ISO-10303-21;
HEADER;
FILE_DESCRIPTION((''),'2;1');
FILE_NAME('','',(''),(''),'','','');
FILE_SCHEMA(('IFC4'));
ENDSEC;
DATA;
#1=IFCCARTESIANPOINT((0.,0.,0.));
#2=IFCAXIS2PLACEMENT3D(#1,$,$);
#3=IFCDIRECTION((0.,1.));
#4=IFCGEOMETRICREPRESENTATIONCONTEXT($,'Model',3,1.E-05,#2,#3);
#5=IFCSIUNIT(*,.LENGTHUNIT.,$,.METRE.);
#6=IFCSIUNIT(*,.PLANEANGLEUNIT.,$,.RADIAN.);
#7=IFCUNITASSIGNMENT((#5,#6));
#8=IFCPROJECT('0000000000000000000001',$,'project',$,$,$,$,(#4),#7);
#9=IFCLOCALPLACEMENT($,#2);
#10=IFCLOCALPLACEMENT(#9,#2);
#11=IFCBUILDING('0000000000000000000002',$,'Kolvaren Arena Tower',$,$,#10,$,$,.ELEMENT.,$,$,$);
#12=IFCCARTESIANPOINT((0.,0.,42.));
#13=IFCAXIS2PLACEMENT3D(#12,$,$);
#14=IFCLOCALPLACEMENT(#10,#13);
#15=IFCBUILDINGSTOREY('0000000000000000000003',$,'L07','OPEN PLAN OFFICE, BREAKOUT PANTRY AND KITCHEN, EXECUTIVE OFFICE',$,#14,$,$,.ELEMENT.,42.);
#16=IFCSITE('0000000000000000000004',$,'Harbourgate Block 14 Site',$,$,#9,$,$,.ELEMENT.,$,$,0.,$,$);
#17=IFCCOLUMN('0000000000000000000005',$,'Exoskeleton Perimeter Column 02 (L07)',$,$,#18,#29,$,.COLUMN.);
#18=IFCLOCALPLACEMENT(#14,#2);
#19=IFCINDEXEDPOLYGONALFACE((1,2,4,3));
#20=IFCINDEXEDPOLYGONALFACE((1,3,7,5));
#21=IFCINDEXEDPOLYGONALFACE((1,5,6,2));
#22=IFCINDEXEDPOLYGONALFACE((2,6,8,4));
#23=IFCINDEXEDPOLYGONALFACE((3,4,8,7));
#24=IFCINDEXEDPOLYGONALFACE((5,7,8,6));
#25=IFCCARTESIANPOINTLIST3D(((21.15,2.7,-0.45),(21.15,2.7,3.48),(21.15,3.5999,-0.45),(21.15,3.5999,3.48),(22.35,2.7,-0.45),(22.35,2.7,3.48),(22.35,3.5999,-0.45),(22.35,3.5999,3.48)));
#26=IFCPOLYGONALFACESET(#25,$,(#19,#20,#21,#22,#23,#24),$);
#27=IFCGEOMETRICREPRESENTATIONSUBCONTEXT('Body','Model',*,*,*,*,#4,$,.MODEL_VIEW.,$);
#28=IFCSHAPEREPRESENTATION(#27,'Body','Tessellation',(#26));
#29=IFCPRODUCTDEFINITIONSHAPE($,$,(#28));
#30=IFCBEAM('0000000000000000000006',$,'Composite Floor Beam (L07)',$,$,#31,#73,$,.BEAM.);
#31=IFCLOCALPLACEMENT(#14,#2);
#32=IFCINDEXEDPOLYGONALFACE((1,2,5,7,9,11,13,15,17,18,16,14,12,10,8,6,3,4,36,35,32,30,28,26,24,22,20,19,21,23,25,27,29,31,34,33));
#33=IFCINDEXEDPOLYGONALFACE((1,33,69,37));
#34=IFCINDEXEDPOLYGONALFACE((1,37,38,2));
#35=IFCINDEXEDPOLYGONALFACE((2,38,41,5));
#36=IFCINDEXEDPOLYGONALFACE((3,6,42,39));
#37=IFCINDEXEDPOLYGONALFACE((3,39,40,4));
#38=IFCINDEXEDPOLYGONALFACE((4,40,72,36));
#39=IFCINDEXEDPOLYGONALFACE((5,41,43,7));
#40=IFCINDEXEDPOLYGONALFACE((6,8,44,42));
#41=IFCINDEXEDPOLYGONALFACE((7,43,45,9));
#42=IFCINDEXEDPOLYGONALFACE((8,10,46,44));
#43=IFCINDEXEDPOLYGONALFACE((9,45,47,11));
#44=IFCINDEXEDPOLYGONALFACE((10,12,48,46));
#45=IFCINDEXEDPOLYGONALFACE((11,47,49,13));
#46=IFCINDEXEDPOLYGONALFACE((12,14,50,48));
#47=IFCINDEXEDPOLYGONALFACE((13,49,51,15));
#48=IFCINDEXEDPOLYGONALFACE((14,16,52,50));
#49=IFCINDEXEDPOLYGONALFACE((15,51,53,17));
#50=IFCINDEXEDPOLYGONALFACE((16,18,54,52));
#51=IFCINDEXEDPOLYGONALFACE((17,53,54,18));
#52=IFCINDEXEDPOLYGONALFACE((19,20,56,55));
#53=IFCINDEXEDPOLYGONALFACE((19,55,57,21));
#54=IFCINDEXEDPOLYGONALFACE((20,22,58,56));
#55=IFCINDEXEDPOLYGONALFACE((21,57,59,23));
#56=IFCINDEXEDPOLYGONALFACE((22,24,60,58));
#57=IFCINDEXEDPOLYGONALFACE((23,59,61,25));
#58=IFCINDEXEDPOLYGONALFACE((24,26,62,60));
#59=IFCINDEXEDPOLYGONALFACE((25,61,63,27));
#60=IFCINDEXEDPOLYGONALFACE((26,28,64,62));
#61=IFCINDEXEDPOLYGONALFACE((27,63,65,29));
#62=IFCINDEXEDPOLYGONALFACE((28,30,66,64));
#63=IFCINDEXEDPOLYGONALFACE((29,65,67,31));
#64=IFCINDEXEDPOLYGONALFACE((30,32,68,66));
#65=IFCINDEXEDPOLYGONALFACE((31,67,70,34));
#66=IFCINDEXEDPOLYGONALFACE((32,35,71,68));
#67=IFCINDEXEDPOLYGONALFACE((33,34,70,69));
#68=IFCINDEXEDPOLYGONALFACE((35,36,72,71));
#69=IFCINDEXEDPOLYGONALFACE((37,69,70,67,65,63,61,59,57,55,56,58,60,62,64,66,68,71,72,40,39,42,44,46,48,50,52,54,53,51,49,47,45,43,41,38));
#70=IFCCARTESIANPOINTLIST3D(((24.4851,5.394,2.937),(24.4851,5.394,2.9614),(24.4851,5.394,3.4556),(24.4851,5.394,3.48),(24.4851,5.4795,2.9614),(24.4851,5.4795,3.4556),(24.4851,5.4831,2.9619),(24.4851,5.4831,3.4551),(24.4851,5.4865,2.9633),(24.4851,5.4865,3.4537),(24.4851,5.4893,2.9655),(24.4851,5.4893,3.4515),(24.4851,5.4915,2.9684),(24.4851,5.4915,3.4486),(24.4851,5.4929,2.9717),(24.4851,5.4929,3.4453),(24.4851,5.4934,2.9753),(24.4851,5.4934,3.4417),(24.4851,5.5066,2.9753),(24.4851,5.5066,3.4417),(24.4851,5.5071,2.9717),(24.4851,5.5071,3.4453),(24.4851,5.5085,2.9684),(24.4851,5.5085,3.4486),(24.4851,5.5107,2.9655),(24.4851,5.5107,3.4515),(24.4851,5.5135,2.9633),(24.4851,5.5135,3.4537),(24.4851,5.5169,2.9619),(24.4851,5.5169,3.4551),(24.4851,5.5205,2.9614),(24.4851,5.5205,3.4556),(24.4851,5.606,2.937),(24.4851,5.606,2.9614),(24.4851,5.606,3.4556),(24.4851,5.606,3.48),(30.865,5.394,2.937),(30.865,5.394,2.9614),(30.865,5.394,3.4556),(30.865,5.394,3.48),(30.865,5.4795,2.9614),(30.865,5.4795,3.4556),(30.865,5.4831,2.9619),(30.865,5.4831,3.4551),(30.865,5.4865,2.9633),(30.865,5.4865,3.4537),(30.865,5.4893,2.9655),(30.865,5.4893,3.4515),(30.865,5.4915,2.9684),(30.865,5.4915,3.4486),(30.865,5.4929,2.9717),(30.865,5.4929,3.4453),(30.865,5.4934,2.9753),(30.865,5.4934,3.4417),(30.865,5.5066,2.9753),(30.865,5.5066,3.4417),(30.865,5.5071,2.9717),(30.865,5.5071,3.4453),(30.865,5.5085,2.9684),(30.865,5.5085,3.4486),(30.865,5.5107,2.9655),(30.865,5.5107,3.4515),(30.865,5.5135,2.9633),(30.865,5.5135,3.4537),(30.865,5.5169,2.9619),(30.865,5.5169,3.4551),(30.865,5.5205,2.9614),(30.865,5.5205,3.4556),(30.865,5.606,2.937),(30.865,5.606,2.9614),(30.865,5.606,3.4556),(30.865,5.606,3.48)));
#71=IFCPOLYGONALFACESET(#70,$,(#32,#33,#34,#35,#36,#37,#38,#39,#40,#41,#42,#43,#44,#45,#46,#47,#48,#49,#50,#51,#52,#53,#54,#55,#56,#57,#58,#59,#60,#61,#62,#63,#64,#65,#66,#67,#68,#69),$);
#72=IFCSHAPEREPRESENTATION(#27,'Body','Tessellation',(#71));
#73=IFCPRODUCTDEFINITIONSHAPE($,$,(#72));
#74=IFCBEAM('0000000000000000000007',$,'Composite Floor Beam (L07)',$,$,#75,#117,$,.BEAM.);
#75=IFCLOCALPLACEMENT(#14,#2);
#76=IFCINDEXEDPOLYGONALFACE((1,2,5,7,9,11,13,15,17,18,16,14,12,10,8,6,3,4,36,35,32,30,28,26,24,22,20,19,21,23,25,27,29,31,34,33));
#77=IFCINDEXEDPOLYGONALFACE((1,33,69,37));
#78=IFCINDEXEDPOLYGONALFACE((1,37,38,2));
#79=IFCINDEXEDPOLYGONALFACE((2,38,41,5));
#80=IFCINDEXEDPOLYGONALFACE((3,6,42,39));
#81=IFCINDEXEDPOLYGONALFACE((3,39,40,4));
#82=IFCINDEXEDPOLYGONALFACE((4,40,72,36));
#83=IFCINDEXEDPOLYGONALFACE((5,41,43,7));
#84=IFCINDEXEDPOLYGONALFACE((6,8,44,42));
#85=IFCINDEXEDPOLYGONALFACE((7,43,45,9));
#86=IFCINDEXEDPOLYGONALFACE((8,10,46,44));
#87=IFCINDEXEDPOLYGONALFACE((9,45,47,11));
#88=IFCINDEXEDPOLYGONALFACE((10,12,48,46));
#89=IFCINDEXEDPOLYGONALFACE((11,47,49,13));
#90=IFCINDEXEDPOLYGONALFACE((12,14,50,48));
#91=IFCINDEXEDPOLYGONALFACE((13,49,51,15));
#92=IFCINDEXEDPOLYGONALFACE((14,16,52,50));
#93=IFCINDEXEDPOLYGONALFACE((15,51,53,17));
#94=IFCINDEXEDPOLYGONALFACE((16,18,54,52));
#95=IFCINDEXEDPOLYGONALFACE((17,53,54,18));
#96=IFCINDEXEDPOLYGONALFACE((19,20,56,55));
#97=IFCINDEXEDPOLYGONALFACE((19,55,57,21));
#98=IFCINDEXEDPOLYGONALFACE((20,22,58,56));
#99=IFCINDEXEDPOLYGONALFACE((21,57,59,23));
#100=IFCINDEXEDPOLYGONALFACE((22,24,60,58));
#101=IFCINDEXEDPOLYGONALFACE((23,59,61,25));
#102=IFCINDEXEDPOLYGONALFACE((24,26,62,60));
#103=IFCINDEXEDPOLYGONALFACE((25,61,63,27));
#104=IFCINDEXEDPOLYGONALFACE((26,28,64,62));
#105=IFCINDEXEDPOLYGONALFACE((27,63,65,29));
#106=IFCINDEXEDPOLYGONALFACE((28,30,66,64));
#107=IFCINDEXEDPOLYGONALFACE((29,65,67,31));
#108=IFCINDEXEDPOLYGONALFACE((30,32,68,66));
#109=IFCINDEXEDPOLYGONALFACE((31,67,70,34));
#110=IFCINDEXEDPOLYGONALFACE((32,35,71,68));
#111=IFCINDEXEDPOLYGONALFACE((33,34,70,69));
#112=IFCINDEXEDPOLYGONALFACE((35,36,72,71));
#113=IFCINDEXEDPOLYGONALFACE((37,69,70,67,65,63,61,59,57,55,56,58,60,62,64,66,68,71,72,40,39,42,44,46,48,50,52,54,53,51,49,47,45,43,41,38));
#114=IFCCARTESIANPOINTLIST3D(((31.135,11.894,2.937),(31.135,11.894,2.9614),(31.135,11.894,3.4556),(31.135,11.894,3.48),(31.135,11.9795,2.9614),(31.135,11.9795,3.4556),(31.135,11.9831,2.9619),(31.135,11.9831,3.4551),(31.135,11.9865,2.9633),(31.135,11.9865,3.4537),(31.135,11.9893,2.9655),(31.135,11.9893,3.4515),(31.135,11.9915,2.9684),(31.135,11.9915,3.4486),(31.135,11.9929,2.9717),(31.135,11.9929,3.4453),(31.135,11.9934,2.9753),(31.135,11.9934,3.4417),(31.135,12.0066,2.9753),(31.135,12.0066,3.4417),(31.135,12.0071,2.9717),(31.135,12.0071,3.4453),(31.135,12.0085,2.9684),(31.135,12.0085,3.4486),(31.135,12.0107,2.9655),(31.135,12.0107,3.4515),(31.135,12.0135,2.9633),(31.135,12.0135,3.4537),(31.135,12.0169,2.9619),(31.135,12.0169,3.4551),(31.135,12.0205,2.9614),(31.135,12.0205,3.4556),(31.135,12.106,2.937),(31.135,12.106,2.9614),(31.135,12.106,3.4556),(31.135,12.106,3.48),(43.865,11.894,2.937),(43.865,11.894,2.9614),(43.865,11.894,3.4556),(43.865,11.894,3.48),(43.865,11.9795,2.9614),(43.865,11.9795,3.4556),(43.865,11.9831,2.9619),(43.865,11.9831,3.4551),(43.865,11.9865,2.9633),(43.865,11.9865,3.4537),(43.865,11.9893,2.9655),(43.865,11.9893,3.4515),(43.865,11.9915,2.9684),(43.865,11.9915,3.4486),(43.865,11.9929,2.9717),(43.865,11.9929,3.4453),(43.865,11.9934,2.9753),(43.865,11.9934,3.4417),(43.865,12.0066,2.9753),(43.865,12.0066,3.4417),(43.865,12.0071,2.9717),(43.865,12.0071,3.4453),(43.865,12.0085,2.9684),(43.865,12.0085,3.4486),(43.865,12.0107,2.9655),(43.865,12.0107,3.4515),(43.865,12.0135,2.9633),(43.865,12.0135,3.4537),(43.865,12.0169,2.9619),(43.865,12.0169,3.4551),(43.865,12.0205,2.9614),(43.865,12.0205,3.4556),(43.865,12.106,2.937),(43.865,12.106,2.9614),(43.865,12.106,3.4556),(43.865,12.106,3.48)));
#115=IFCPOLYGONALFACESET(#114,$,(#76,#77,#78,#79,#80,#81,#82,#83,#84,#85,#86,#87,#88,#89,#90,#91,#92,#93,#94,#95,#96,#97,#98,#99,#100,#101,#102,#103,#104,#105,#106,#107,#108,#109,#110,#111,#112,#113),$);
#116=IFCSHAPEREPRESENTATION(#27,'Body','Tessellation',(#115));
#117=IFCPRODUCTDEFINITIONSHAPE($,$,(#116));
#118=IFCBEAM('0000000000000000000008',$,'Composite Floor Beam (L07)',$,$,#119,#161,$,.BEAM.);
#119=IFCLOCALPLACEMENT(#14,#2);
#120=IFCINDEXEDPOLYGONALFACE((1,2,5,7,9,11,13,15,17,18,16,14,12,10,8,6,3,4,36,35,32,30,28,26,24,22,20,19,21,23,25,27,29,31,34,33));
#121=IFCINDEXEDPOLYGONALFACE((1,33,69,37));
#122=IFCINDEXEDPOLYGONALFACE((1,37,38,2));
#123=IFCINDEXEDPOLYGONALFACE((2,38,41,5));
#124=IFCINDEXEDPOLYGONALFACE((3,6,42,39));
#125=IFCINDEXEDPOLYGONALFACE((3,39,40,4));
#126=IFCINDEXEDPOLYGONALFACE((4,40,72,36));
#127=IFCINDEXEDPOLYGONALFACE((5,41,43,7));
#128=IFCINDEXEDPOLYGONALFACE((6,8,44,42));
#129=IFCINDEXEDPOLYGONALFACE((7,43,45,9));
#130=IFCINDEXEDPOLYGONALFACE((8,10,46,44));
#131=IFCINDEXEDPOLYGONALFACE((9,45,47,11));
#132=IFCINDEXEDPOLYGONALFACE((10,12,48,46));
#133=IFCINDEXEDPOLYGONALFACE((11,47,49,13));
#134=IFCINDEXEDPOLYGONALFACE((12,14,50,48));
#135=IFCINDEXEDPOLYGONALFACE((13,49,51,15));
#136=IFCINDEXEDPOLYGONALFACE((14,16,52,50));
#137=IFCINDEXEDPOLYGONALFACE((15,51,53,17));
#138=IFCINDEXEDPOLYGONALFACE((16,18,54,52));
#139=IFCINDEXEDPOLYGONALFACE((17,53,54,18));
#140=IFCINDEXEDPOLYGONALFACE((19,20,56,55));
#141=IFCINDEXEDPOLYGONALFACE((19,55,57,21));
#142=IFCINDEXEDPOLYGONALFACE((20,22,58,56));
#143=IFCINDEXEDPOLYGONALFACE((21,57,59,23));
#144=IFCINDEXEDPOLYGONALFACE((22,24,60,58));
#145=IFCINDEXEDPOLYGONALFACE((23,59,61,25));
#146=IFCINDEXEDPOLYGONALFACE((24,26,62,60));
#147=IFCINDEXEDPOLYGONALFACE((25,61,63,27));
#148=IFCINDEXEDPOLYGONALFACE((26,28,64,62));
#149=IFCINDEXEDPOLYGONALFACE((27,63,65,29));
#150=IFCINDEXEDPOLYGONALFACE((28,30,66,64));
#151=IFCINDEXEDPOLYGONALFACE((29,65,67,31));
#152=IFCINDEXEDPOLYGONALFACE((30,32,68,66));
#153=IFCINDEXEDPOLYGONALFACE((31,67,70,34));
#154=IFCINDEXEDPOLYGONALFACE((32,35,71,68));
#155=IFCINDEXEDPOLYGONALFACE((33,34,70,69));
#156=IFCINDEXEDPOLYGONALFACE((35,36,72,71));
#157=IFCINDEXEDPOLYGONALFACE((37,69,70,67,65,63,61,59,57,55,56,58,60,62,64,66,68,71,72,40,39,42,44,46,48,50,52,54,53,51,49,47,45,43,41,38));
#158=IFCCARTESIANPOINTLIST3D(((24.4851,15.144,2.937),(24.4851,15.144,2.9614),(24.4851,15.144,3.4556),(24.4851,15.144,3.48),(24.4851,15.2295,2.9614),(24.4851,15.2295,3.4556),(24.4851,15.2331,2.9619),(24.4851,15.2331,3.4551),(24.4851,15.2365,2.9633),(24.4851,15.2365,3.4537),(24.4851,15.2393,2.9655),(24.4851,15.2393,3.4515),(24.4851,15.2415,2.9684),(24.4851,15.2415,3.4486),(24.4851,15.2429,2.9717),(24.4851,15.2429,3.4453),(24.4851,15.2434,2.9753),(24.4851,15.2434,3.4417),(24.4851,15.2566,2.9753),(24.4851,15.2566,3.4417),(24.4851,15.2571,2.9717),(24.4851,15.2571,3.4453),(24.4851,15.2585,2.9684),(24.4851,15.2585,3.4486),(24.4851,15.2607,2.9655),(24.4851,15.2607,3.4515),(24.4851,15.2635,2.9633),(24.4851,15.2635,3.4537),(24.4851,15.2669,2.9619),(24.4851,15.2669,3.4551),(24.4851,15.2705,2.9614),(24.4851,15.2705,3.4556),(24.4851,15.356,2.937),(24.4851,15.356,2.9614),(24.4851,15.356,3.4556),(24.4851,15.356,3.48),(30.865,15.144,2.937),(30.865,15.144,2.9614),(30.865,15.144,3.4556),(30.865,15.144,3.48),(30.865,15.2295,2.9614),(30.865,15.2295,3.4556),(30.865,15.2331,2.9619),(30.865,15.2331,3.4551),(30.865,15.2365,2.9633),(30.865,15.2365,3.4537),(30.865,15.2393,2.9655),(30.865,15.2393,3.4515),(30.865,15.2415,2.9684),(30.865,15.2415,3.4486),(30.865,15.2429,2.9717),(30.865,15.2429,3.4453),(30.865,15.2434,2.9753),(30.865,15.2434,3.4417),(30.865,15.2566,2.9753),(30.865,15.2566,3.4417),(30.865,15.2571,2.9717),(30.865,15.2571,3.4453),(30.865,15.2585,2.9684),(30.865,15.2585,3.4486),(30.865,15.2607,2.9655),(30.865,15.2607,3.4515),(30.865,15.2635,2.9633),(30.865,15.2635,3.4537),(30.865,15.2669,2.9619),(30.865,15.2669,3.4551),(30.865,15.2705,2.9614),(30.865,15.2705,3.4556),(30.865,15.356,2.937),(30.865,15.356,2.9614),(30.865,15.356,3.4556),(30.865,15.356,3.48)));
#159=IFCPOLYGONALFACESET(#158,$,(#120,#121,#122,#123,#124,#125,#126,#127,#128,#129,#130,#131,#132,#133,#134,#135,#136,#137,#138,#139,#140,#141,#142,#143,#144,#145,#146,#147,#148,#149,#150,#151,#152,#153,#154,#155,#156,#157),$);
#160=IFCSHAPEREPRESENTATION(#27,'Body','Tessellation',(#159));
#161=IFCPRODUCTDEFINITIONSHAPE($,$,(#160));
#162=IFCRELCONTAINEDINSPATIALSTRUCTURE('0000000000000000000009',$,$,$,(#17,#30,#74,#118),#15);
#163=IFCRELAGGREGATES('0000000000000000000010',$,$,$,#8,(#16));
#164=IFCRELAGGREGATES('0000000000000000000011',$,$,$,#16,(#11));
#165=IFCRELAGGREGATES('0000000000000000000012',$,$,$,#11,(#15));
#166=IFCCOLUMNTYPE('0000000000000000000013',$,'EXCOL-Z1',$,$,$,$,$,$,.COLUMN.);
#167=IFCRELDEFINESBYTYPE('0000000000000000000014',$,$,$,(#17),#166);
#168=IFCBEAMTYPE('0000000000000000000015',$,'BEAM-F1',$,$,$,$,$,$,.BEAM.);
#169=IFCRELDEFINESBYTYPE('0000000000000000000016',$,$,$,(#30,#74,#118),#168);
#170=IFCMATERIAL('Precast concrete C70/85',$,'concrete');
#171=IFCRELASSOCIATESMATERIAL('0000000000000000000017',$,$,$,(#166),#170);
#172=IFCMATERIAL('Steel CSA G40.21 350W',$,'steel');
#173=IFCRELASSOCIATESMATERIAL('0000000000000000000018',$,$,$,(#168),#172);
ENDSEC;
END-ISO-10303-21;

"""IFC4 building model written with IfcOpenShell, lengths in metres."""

from ifc_helpers import new_model, si_unit, direction, frame, origin, origin_2d, place, context, subcontext, project, spatial, rectangle, i_section, extrude, material, material_profile, profile_set, type_object, element, save


model = new_model("IFC4")

# Units and contexts
model_context = context("Model", 3, precision=1e-05, world=origin(), true_north=direction((0.0, 1.0)))
body_context = subcontext(model_context, "Body", "Model", "MODEL_VIEW")
ifc_project = project(units=[si_unit("LENGTHUNIT", "METRE"), si_unit("PLANEANGLEUNIT", "RADIAN")], contexts=[model_context])

# Site, building, storey
site_placement = place(None, origin())
site = spatial("IfcSite", under=ifc_project, at=site_placement, Name="Harbourgate Block 14 Site", CompositionType="ELEMENT", RefElevation=0.0)
building_placement = place(site_placement, origin())
building = spatial("IfcBuilding", under=site, at=building_placement, Name="Kolvaren Arena Tower", CompositionType="ELEMENT")
storey_placement = place(building_placement, frame((0.0, 0.0, 42.0)))
storey = spatial("IfcBuildingStorey", under=building, at=storey_placement, Name="L07", Description="OPEN PLAN OFFICE, BREAKOUT PANTRY AND KITCHEN, EXECUTIVE OFFICE", CompositionType="ELEMENT", Elevation=42.0)

# Column
ifc_material_1 = material(Name="Precast concrete C70/85", Category="concrete")
ifc_material_profile_1 = material_profile(ifc_material_1, rectangle(XDim=1.2, YDim=0.8999, at=origin_2d()), Name="RC-1200x900")
ifc_profile_set_1 = profile_set([ifc_material_profile_1], Name="Precast concrete C70/85")
column_type = type_object("IfcColumnType", Name="EXCOL-Z1", PredefinedType="COLUMN", material=ifc_profile_set_1)
column_placement = place(storey_placement, frame((21.75, 3.1499, -0.45), z_axis=(0.0, 0.0, 1.0), x_axis=(1.0, 0.0, 0.0)))
element("IfcColumn", 1, at=column_placement, inside=storey, type_object=column_type, Name="Exoskeleton Perimeter Column 02 (L07)", PredefinedType="COLUMN", context=body_context, shape_type="SweptSolid", body=[
    extrude(rectangle(XDim=1.2, YDim=0.8999, at=origin_2d()), origin(), (0.0, 0.0, 1.0), 3.9299),
])

# Beams
ifc_material_2 = material(Name="Steel CSA G40.21 350W", Category="steel")
ifc_material_profile_2 = material_profile(ifc_material_2, i_section(OverallWidth=0.2119, OverallDepth=0.543, WebThickness=0.0132, FlangeThickness=0.0244, FilletRadius=0.0139, at=origin_2d()), Name="W530x150")
ifc_profile_set_2 = profile_set([ifc_material_profile_2], Name="Steel CSA G40.21 350W")
beam_type_1 = type_object("IfcBeamType", Name="BEAM-F1", PredefinedType="BEAM", material=ifc_profile_set_2)
beam_1_placement = place(storey_placement, frame((24.4851, 5.5, 3.2085), z_axis=(1.0, 0.0, 0.0), x_axis=(0.0, 1.0, 0.0)))
element("IfcBeam", 2, at=beam_1_placement, inside=storey, type_object=beam_type_1, Name="Composite Floor Beam (L07)", PredefinedType="BEAM", context=body_context, shape_type="SweptSolid", body=[
    extrude(i_section(OverallWidth=0.2119, OverallDepth=0.543, WebThickness=0.0132, FlangeThickness=0.0244, FilletRadius=0.0139, at=origin_2d()), origin(), (0.0, 0.0, 1.0), 6.3799),
])
beam_2_placement = place(storey_placement, frame((31.135, 12.0, 3.2085), z_axis=(1.0, 0.0, 0.0), x_axis=(0.0, 1.0, 0.0)))
element("IfcBeam", 3, at=beam_2_placement, inside=storey, type_object=beam_type_1, Name="Composite Floor Beam (L07)", PredefinedType="BEAM", context=body_context, shape_type="SweptSolid", body=[
    extrude(i_section(OverallWidth=0.2119, OverallDepth=0.543, WebThickness=0.0132, FlangeThickness=0.0244, FilletRadius=0.0139, at=origin_2d()), origin(), (0.0, 0.0, 1.0), 12.73),
])
beam_3_placement = place(storey_placement, frame((24.4851, 15.25, 3.2085), z_axis=(1.0, 0.0, 0.0), x_axis=(0.0, 1.0, 0.0)))
element("IfcBeam", 4, at=beam_3_placement, inside=storey, type_object=beam_type_1, Name="Composite Floor Beam (L07)", PredefinedType="BEAM", context=body_context, shape_type="SweptSolid", body=[
    extrude(i_section(OverallWidth=0.2119, OverallDepth=0.543, WebThickness=0.0132, FlangeThickness=0.0244, FilletRadius=0.0139, at=origin_2d()), origin(), (0.0, 0.0, 1.0), 6.3799),
])

save(model, "model.ifc")
